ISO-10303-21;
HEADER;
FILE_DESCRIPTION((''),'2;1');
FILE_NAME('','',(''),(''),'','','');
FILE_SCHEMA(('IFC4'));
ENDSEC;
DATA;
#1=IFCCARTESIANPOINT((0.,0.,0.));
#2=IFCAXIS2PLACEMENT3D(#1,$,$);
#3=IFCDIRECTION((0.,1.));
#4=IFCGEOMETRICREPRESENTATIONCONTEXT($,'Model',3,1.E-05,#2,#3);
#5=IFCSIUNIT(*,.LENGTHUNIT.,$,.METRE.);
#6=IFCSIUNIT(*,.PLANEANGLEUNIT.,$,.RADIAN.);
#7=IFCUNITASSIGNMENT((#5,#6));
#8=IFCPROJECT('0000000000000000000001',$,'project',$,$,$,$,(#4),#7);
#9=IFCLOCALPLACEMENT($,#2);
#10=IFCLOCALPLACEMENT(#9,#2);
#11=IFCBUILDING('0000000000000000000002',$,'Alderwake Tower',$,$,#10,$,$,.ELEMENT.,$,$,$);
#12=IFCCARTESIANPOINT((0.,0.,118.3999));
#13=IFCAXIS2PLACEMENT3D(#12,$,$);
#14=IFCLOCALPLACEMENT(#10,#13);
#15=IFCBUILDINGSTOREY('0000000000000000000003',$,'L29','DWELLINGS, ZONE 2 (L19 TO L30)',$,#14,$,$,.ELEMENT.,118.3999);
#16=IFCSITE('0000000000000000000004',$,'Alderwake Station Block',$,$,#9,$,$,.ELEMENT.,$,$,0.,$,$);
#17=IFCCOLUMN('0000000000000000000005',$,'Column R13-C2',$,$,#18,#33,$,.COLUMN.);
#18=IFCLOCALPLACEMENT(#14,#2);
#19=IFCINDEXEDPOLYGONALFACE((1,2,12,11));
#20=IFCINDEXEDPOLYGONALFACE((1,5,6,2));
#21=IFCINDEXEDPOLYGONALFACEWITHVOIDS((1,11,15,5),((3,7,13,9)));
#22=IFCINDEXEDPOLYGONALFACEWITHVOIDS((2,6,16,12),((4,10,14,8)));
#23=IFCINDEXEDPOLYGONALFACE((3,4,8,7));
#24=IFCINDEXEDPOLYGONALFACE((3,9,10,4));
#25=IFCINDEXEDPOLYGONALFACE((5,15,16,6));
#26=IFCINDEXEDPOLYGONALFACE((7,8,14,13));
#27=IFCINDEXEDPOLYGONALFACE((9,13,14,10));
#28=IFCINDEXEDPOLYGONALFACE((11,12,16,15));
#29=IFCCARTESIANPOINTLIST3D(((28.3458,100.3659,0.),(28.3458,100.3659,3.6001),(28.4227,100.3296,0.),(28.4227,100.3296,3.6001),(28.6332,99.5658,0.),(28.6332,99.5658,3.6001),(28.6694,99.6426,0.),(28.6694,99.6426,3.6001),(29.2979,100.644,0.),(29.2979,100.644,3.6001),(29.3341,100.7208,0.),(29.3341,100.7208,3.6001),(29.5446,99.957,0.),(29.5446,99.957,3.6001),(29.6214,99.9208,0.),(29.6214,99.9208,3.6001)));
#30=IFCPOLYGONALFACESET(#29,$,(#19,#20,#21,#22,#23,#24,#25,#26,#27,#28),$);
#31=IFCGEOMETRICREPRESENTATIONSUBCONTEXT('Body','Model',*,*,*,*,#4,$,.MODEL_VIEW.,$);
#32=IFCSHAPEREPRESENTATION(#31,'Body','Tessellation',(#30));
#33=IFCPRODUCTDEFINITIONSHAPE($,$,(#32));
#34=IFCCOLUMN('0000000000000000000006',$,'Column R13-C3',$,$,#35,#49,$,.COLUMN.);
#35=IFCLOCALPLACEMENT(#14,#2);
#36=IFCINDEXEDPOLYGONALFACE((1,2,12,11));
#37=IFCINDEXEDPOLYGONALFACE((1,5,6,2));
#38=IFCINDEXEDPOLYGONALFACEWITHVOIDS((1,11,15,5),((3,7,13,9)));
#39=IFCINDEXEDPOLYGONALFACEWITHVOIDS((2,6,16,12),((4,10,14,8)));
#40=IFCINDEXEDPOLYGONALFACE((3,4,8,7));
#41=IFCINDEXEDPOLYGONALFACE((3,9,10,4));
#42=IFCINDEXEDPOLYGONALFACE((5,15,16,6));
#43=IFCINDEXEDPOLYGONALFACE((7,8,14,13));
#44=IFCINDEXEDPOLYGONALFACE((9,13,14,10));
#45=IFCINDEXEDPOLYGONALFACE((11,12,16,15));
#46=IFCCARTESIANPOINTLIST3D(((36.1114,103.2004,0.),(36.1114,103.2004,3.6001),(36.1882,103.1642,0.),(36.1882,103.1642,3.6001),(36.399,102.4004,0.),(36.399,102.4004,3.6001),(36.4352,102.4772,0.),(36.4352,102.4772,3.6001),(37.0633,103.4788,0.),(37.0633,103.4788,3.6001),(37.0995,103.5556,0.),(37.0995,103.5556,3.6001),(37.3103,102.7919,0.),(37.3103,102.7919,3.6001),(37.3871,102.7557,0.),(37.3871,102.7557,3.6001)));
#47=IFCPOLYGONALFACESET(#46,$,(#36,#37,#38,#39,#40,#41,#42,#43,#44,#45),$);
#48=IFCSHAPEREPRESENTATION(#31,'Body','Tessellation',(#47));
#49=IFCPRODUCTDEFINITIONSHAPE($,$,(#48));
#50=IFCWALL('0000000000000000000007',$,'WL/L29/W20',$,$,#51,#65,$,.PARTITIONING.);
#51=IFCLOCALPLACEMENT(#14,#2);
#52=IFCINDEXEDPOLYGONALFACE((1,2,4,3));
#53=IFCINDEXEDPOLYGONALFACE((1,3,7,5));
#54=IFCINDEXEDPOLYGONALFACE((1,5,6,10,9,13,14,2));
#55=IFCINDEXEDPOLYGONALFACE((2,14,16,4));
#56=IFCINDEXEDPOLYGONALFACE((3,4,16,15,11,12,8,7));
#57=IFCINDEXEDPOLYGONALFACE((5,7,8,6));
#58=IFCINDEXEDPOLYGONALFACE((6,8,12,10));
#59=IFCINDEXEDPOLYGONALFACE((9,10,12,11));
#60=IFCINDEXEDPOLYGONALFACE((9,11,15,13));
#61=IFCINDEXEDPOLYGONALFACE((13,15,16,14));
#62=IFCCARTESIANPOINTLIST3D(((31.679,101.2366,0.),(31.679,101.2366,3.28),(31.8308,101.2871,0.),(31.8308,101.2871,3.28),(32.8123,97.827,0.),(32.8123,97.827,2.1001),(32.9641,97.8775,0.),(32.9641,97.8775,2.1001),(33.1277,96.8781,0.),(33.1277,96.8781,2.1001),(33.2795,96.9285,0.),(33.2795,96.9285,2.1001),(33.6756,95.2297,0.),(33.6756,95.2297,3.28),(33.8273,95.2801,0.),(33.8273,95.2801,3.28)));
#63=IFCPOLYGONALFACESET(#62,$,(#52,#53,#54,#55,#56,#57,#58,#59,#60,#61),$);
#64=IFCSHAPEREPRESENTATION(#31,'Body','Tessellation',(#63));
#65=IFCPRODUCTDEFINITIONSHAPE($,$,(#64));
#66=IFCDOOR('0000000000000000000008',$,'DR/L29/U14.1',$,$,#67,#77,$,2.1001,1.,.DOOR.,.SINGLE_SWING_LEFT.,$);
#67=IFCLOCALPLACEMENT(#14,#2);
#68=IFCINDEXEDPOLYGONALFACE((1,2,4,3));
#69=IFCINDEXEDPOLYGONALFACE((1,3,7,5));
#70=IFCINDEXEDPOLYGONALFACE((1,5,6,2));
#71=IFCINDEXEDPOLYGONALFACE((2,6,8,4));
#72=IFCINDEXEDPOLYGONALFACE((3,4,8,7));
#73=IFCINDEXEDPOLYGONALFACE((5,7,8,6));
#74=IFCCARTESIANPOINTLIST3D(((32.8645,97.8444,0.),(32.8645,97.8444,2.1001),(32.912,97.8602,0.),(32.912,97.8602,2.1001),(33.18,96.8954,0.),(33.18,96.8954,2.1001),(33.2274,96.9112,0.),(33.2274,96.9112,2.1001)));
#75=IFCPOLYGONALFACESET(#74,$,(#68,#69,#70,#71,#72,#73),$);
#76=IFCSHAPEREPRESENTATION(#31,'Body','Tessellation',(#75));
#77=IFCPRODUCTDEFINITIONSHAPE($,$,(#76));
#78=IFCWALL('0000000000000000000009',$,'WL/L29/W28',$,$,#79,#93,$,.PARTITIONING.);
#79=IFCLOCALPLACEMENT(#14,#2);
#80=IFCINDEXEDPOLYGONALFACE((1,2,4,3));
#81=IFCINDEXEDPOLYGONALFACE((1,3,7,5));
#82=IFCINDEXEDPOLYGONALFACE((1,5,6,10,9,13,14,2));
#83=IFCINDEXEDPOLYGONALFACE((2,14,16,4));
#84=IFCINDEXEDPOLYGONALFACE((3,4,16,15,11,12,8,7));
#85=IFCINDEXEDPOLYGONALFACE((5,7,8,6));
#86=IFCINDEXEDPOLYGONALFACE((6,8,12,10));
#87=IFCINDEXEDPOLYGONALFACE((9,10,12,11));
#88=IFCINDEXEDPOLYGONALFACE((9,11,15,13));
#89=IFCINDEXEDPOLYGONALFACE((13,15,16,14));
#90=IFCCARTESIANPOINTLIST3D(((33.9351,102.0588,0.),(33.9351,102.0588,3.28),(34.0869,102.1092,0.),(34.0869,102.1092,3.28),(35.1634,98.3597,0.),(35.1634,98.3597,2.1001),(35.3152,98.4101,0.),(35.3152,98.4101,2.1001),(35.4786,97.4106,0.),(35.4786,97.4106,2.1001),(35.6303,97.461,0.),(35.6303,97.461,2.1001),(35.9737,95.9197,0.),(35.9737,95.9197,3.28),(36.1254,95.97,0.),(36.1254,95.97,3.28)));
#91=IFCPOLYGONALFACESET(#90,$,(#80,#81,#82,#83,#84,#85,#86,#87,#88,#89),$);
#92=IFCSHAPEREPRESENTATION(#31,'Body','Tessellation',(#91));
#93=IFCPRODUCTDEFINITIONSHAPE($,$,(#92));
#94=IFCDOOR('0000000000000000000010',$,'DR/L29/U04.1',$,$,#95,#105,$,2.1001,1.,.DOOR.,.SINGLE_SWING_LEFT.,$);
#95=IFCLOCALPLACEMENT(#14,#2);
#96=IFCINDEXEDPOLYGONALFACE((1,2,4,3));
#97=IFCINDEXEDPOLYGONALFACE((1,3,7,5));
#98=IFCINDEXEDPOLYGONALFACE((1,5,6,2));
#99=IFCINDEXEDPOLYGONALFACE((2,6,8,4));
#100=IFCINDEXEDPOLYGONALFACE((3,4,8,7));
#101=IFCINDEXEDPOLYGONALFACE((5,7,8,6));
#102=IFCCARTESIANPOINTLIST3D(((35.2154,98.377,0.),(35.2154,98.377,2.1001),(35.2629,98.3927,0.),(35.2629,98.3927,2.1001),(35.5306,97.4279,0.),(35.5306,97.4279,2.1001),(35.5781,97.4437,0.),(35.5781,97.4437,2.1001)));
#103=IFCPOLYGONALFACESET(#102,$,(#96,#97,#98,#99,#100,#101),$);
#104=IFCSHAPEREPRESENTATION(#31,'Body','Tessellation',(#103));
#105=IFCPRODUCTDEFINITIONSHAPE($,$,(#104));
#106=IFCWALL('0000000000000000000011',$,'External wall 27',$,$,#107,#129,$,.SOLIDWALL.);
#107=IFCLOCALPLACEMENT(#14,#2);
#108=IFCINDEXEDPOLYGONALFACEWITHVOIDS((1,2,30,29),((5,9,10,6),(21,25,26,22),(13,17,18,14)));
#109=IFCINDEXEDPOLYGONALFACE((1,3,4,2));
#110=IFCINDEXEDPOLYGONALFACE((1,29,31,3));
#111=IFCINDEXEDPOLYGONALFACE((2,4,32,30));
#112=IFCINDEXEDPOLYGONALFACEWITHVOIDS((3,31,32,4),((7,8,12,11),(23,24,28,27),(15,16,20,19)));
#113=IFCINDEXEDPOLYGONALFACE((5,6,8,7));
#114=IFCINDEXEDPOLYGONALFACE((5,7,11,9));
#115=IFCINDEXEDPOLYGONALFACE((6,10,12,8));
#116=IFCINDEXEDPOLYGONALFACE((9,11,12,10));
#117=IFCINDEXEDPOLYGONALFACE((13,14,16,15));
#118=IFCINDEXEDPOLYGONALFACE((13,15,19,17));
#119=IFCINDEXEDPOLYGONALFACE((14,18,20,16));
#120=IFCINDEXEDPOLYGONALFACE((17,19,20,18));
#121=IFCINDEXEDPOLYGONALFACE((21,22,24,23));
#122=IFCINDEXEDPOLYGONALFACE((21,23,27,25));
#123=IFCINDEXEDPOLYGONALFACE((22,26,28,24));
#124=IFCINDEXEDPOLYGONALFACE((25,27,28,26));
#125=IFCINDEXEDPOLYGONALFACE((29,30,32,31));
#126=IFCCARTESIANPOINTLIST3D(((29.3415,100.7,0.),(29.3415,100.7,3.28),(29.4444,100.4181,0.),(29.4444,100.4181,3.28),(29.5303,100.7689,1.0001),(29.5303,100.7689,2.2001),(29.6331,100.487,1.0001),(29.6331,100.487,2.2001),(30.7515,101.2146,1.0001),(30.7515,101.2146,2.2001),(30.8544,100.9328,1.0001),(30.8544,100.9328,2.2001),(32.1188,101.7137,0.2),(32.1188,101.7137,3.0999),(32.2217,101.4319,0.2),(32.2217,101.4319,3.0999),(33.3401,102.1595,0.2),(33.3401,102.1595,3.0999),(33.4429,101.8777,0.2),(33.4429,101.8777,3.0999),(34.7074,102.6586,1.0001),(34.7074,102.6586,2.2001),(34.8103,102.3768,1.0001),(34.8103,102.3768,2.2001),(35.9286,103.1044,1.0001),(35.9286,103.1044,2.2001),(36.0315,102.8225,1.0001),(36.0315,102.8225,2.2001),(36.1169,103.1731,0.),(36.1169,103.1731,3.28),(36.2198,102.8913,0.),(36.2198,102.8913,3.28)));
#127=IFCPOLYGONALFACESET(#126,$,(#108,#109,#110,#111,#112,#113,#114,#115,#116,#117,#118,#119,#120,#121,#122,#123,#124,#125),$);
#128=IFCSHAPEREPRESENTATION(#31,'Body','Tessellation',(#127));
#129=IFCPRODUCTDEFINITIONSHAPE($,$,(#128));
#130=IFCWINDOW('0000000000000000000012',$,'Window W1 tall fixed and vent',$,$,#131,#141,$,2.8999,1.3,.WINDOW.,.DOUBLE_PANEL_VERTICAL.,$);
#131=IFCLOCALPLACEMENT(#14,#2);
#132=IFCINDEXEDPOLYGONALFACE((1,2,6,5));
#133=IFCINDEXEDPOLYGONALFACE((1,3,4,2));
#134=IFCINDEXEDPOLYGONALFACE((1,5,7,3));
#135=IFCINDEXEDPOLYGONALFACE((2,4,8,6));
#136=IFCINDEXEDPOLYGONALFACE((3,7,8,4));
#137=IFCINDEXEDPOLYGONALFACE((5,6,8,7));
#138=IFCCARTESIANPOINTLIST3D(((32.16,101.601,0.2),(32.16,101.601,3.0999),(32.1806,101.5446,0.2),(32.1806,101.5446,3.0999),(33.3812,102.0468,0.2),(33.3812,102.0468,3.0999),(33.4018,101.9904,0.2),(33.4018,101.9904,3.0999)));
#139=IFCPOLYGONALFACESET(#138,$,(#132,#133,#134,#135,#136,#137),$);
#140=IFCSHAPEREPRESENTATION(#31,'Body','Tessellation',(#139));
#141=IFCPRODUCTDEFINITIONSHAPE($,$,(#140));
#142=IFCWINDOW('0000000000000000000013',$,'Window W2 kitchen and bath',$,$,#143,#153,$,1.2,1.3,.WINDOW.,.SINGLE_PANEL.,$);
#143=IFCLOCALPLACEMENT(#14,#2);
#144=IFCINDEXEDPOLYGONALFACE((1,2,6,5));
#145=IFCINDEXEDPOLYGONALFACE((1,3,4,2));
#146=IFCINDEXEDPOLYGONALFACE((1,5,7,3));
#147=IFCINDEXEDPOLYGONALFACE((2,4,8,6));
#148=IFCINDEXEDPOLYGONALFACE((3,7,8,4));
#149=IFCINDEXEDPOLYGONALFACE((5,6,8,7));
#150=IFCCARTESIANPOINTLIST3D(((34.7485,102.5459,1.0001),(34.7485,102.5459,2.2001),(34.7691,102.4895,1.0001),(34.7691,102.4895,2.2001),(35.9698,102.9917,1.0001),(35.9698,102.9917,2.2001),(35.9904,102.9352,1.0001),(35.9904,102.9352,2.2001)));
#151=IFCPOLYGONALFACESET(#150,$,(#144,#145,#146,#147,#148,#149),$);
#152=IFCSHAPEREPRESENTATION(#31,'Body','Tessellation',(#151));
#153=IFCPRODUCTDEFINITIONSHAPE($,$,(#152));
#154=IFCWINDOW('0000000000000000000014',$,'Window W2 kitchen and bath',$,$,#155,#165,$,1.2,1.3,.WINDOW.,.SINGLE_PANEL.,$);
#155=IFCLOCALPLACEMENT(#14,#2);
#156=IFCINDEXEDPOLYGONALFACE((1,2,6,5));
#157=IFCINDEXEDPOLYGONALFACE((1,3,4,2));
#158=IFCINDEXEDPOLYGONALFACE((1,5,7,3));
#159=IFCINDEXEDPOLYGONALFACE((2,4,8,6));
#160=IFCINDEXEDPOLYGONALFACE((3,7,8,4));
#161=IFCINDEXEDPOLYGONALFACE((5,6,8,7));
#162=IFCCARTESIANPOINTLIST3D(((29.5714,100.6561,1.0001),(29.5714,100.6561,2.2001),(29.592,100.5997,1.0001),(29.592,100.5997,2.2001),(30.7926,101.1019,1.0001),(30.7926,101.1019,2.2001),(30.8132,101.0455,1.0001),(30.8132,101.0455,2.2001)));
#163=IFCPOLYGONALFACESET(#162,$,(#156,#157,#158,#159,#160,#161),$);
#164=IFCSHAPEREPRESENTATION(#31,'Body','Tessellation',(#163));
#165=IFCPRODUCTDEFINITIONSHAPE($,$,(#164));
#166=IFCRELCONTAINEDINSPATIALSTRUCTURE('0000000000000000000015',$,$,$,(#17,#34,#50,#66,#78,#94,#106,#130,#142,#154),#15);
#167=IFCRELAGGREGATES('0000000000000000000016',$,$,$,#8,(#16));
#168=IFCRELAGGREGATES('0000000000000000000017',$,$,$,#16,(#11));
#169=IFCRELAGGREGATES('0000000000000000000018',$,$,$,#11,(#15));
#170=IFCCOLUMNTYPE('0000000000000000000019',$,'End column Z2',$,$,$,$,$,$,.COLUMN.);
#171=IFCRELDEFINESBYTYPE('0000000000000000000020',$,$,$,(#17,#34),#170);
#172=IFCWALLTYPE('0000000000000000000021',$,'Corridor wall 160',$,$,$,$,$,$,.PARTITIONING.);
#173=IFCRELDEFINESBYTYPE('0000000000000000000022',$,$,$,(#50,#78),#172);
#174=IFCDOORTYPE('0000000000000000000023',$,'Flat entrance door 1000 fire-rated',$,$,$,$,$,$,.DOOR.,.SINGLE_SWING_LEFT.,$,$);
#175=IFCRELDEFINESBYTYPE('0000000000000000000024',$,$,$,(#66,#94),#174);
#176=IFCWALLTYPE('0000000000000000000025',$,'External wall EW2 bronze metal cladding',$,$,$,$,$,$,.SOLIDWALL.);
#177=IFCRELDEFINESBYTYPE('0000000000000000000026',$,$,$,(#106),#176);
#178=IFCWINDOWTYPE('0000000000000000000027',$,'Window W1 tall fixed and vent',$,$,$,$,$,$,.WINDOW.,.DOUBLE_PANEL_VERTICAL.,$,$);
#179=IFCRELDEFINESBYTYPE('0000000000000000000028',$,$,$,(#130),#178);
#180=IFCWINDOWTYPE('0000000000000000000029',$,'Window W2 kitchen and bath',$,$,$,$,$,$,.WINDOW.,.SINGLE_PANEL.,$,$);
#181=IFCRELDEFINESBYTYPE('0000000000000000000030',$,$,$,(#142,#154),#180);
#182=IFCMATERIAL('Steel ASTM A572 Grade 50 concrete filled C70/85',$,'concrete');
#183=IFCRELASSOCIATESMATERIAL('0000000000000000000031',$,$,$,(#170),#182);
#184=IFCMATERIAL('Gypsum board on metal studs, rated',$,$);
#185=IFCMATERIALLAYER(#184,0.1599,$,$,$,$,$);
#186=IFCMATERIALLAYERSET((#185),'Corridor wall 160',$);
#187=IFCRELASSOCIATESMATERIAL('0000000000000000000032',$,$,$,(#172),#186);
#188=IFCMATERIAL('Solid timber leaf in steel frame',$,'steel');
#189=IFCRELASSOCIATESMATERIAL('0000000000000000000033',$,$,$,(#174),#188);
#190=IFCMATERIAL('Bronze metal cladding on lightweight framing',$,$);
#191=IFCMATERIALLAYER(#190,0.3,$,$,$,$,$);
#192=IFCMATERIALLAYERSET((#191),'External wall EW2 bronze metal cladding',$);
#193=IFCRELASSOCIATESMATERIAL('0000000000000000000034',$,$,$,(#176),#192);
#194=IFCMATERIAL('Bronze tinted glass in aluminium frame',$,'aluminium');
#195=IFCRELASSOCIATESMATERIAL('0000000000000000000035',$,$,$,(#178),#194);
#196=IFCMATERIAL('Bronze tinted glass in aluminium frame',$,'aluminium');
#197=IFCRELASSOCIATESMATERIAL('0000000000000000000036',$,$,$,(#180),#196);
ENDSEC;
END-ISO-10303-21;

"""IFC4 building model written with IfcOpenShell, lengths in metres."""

from ifc_helpers import new_model, si_unit, direction, frame, frame_2d, origin, origin_2d, place, context, subcontext, project, spatial, rectangle, hollow_rectangle, extrude, material, layer, layer_set, material_profile, profile_set, type_object, element, fill, save


model = new_model("IFC4")

# Units and contexts
model_context = context("Model", 3, precision=1e-05, world=origin(), true_north=direction((0.0, 1.0)))
body_context = subcontext(model_context, "Body", "Model", "MODEL_VIEW")
ifc_project = project(units=[si_unit("LENGTHUNIT", "METRE"), si_unit("PLANEANGLEUNIT", "RADIAN")], contexts=[model_context])

# Site, building, storey
site_placement = place(None, origin())
site = spatial("IfcSite", under=ifc_project, at=site_placement, Name="Alderwake Station Block", CompositionType="ELEMENT", RefElevation=0.0)
building_placement = place(site_placement, origin())
building = spatial("IfcBuilding", under=site, at=building_placement, Name="Alderwake Tower", CompositionType="ELEMENT")
storey_placement = place(building_placement, frame((0.0, 0.0, 118.3999)))
storey = spatial("IfcBuildingStorey", under=building, at=storey_placement, Name="L29", Description="DWELLINGS, ZONE 2 (L19 TO L30)", CompositionType="ELEMENT", Elevation=118.3999)

# Columns
ifc_material_1 = material(Name="Steel ASTM A572 Grade 50 concrete filled C70/85", Category="concrete")
ifc_material_profile = material_profile(ifc_material_1, hollow_rectangle(XDim=0.8501, YDim=1.05, WallThickness=0.0601, at=origin_2d()), Name="BOX 1050X850X60")
ifc_profile_set = profile_set([ifc_material_profile], Name="Steel ASTM A572 Grade 50 concrete filled C70/85")
column_type = type_object("IfcColumnType", Name="End column Z2", PredefinedType="COLUMN", material=ifc_profile_set)
for number, where, z_axis, x_axis, name in (
    (1, (28.9836, 100.1433, 0.0), (0.0, 0.0, 1.0), (-0.338027, 0.941136, 0.0), "Column R13-C2"),
    (2, (36.7493, 102.978, 0.0), (0.0, 0.0, 1.0), (-0.338352, 0.94102, 0.0), "Column R13-C3"),
):
    element("IfcColumn", number, at=place(storey_placement, frame(where, z_axis=z_axis, x_axis=x_axis)), inside=storey, type_object=column_type, Name=name, PredefinedType="COLUMN", context=body_context, shape_type="SweptSolid", body=[
        extrude(hollow_rectangle(XDim=0.8501, YDim=1.05, WallThickness=0.0601, at=origin_2d()), origin(), (0.0, 0.0, 1.0), 3.6001),
    ])

# Walls, openings, doors
ifc_material_2 = material(Name="Gypsum board on metal studs, rated")
ifc_layer_1 = layer(ifc_material_2, 0.1599)
ifc_layer_set_1 = layer_set([ifc_layer_1], Name="Corridor wall 160")
wall_type_1 = type_object("IfcWallType", Name="Corridor wall 160", PredefinedType="PARTITIONING", material=ifc_layer_set_1)
wall_1_placement = place(storey_placement, frame((33.7515, 95.2549, 0.0), z_axis=(0.0, 0.0, 1.0), x_axis=(-0.315406, 0.948957, 0.0)))
wall_1 = element("IfcWall", 3, at=wall_1_placement, inside=storey, type_object=wall_type_1, Name="WL/L29/W20", PredefinedType="PARTITIONING", context=body_context, shape_type="SweptSolid", body=[
    extrude(rectangle(XDim=6.3301, YDim=0.1599, at=frame_2d((3.165, 0.0))), origin(), (0.0, 0.0, 1.0), 3.28),
])
opening_1_placement = place(wall_1_placement, frame((1.7371, 0.0, 0.0)))
opening_1 = element("IfcOpeningElement", 4, at=opening_1_placement, cuts=wall_1, PredefinedType="OPENING", context=body_context, shape_type="SweptSolid", body=[
    extrude(rectangle(XDim=1.0, YDim=2.1001, at=frame_2d((0.5, 1.05))), frame((0.0, 0.0898, 0.0), z_axis=(0.0, -1.0, 0.0), x_axis=(1.0, 0.0, 0.0)), (0.0, 0.0, 1.0), 0.1799),
])
ifc_material_3 = material(Name="Solid timber leaf in steel frame", Category="steel")
door_type_1 = type_object("IfcDoorType", Name="Flat entrance door 1000 fire-rated", OperationType="SINGLE_SWING_LEFT", PredefinedType="DOOR", material=ifc_material_3)
door_1_placement = place(opening_1_placement, origin())
door_1 = element("IfcDoor", 5, at=door_1_placement, inside=storey, type_object=door_type_1, Name="DR/L29/U14.1", OperationType="SINGLE_SWING_LEFT", OverallHeight=2.1001, OverallWidth=1.0, PredefinedType="DOOR", context=body_context, shape_type="SweptSolid", body=[
    extrude(rectangle(XDim=1.0, YDim=2.1001, at=frame_2d((0.5, 1.05))), frame((0.0, 0.0249, 0.0), z_axis=(0.0, -1.0, 0.0), x_axis=(1.0, 0.0, 0.0)), (0.0, 0.0, 1.0), 0.05),
])
fill(opening_1, door_1)
wall_2_placement = place(storey_placement, frame((34.011, 102.084, 0.0), z_axis=(0.0, 0.0, 1.0), x_axis=(0.315141, -0.949045, 0.0)))
wall_2 = element("IfcWall", 6, at=wall_2_placement, inside=storey, type_object=wall_type_1, Name="WL/L29/W28", PredefinedType="PARTITIONING", context=body_context, shape_type="SweptSolid", body=[
    extrude(rectangle(XDim=6.4688, YDim=0.1599, at=frame_2d((3.2344, 0.0))), origin(), (0.0, 0.0, 1.0), 3.28),
])
opening_2_placement = place(wall_2_placement, frame((3.8977, 0.0, 0.0)))
opening_2 = element("IfcOpeningElement", 7, at=opening_2_placement, cuts=wall_2, PredefinedType="OPENING", context=body_context, shape_type="SweptSolid", body=[
    extrude(rectangle(XDim=1.0, YDim=2.1001, at=frame_2d((0.5, 1.05))), frame((0.0, 0.0898, 0.0), z_axis=(0.0, -1.0, 0.0), x_axis=(1.0, 0.0, 0.0)), (0.0, 0.0, 1.0), 0.1799),
])
door_2_placement = place(opening_2_placement, origin())
door_2 = element("IfcDoor", 8, at=door_2_placement, inside=storey, type_object=door_type_1, Name="DR/L29/U04.1", OperationType="SINGLE_SWING_LEFT", OverallHeight=2.1001, OverallWidth=1.0, PredefinedType="DOOR", context=body_context, shape_type="SweptSolid", body=[
    extrude(rectangle(XDim=1.0, YDim=2.1001, at=frame_2d((0.5, 1.05))), frame((0.0, 0.0249, 0.0), z_axis=(0.0, -1.0, 0.0), x_axis=(1.0, 0.0, 0.0)), (0.0, 0.0, 1.0), 0.05),
])
fill(opening_2, door_2)

# Wall, openings, windows
ifc_material_4 = material(Name="Bronze metal cladding on lightweight framing")
ifc_layer_2 = layer(ifc_material_4, 0.3)
ifc_layer_set_2 = layer_set([ifc_layer_2], Name="External wall EW2 bronze metal cladding")
wall_type_2 = type_object("IfcWallType", Name="External wall EW2 bronze metal cladding", PredefinedType="SOLIDWALL", material=ifc_layer_set_2)
wall_3_placement = place(storey_placement, frame((36.1685, 103.0322, 0.0), z_axis=(0.0, 0.0, 1.0), x_axis=(-0.939376, -0.34289, 0.0)))
wall_3 = element("IfcWall", 9, at=wall_3_placement, inside=storey, type_object=wall_type_2, Name="External wall 27", PredefinedType="SOLIDWALL", context=body_context, shape_type="SweptSolid", body=[
    extrude(rectangle(XDim=7.2126, YDim=0.3, at=frame_2d((3.6064, 0.0))), origin(), (0.0, 0.0, 1.0), 3.28),
])
opening_3_placement = place(wall_3_placement, frame((0.2007, 0.0, 1.0)))
opening_3 = element("IfcOpeningElement", 10, at=opening_3_placement, cuts=wall_3, PredefinedType="OPENING", context=body_context, shape_type="SweptSolid", body=[
    extrude(rectangle(XDim=1.3, YDim=1.2, at=frame_2d((0.6499, 0.6001))), frame((0.0, 0.1599, 0.0), z_axis=(0.0, -1.0, 0.0), x_axis=(1.0, 0.0, 0.0)), (0.0, 0.0, 1.0), 0.3201),
])
opening_4_placement = place(wall_3_placement, frame((2.9563, 0.0, 0.2)))
opening_4 = element("IfcOpeningElement", 11, at=opening_4_placement, cuts=wall_3, PredefinedType="OPENING", context=body_context, shape_type="SweptSolid", body=[
    extrude(rectangle(XDim=1.3, YDim=2.8999, at=frame_2d((0.6499, 1.45))), frame((0.0, 0.1599, 0.0), z_axis=(0.0, -1.0, 0.0), x_axis=(1.0, 0.0, 0.0)), (0.0, 0.0, 1.0), 0.3201),
])
opening_5_placement = place(wall_3_placement, frame((5.7119, 0.0, 1.0)))
opening_5 = element("IfcOpeningElement", 12, at=opening_5_placement, cuts=wall_3, PredefinedType="OPENING", context=body_context, shape_type="SweptSolid", body=[
    extrude(rectangle(XDim=1.3, YDim=1.2, at=frame_2d((0.6499, 0.6001))), frame((0.0, 0.1599, 0.0), z_axis=(0.0, -1.0, 0.0), x_axis=(1.0, 0.0, 0.0)), (0.0, 0.0, 1.0), 0.3201),
])
ifc_material_5 = material(Name="Bronze tinted glass in aluminium frame", Category="aluminium")
window_type_1 = type_object("IfcWindowType", Name="Window W1 tall fixed and vent", PartitioningType="DOUBLE_PANEL_VERTICAL", PredefinedType="WINDOW", material=ifc_material_5)
window_1_placement = place(opening_4_placement, origin())
window_1 = element("IfcWindow", 13, at=window_1_placement, inside=storey, type_object=window_type_1, Name="Window W1 tall fixed and vent", OverallHeight=2.8999, OverallWidth=1.3, PartitioningType="DOUBLE_PANEL_VERTICAL", PredefinedType="WINDOW", context=body_context, shape_type="SweptSolid", body=[
    extrude(rectangle(XDim=1.3, YDim=2.8999, at=frame_2d((0.6499, 1.45))), frame((0.0, 0.03, 0.0), z_axis=(0.0, -1.0, 0.0), x_axis=(1.0, 0.0, 0.0)), (0.0, 0.0, 1.0), 0.0601),
])
fill(opening_4, window_1)
ifc_material_6 = material(Name="Bronze tinted glass in aluminium frame", Category="aluminium")
window_type_2 = type_object("IfcWindowType", Name="Window W2 kitchen and bath", PartitioningType="SINGLE_PANEL", PredefinedType="WINDOW", material=ifc_material_6)
window_2_placement = place(opening_3_placement, origin())
window_2 = element("IfcWindow", 14, at=window_2_placement, inside=storey, type_object=window_type_2, Name="Window W2 kitchen and bath", OverallHeight=1.2, OverallWidth=1.3, PartitioningType="SINGLE_PANEL", PredefinedType="WINDOW", context=body_context, shape_type="SweptSolid", body=[
    extrude(rectangle(XDim=1.3, YDim=1.2, at=frame_2d((0.6499, 0.6001))), frame((0.0, 0.03, 0.0), z_axis=(0.0, -1.0, 0.0), x_axis=(1.0, 0.0, 0.0)), (0.0, 0.0, 1.0), 0.0601),
])
fill(opening_3, window_2)
window_3_placement = place(opening_5_placement, origin())
window_3 = element("IfcWindow", 15, at=window_3_placement, inside=storey, type_object=window_type_2, Name="Window W2 kitchen and bath", OverallHeight=1.2, OverallWidth=1.3, PartitioningType="SINGLE_PANEL", PredefinedType="WINDOW", context=body_context, shape_type="SweptSolid", body=[
    extrude(rectangle(XDim=1.3, YDim=1.2, at=frame_2d((0.6499, 0.6001))), frame((0.0, 0.03, 0.0), z_axis=(0.0, -1.0, 0.0), x_axis=(1.0, 0.0, 0.0)), (0.0, 0.0, 1.0), 0.0601),
])
fill(opening_5, window_3)

save(model, "model.ifc")
